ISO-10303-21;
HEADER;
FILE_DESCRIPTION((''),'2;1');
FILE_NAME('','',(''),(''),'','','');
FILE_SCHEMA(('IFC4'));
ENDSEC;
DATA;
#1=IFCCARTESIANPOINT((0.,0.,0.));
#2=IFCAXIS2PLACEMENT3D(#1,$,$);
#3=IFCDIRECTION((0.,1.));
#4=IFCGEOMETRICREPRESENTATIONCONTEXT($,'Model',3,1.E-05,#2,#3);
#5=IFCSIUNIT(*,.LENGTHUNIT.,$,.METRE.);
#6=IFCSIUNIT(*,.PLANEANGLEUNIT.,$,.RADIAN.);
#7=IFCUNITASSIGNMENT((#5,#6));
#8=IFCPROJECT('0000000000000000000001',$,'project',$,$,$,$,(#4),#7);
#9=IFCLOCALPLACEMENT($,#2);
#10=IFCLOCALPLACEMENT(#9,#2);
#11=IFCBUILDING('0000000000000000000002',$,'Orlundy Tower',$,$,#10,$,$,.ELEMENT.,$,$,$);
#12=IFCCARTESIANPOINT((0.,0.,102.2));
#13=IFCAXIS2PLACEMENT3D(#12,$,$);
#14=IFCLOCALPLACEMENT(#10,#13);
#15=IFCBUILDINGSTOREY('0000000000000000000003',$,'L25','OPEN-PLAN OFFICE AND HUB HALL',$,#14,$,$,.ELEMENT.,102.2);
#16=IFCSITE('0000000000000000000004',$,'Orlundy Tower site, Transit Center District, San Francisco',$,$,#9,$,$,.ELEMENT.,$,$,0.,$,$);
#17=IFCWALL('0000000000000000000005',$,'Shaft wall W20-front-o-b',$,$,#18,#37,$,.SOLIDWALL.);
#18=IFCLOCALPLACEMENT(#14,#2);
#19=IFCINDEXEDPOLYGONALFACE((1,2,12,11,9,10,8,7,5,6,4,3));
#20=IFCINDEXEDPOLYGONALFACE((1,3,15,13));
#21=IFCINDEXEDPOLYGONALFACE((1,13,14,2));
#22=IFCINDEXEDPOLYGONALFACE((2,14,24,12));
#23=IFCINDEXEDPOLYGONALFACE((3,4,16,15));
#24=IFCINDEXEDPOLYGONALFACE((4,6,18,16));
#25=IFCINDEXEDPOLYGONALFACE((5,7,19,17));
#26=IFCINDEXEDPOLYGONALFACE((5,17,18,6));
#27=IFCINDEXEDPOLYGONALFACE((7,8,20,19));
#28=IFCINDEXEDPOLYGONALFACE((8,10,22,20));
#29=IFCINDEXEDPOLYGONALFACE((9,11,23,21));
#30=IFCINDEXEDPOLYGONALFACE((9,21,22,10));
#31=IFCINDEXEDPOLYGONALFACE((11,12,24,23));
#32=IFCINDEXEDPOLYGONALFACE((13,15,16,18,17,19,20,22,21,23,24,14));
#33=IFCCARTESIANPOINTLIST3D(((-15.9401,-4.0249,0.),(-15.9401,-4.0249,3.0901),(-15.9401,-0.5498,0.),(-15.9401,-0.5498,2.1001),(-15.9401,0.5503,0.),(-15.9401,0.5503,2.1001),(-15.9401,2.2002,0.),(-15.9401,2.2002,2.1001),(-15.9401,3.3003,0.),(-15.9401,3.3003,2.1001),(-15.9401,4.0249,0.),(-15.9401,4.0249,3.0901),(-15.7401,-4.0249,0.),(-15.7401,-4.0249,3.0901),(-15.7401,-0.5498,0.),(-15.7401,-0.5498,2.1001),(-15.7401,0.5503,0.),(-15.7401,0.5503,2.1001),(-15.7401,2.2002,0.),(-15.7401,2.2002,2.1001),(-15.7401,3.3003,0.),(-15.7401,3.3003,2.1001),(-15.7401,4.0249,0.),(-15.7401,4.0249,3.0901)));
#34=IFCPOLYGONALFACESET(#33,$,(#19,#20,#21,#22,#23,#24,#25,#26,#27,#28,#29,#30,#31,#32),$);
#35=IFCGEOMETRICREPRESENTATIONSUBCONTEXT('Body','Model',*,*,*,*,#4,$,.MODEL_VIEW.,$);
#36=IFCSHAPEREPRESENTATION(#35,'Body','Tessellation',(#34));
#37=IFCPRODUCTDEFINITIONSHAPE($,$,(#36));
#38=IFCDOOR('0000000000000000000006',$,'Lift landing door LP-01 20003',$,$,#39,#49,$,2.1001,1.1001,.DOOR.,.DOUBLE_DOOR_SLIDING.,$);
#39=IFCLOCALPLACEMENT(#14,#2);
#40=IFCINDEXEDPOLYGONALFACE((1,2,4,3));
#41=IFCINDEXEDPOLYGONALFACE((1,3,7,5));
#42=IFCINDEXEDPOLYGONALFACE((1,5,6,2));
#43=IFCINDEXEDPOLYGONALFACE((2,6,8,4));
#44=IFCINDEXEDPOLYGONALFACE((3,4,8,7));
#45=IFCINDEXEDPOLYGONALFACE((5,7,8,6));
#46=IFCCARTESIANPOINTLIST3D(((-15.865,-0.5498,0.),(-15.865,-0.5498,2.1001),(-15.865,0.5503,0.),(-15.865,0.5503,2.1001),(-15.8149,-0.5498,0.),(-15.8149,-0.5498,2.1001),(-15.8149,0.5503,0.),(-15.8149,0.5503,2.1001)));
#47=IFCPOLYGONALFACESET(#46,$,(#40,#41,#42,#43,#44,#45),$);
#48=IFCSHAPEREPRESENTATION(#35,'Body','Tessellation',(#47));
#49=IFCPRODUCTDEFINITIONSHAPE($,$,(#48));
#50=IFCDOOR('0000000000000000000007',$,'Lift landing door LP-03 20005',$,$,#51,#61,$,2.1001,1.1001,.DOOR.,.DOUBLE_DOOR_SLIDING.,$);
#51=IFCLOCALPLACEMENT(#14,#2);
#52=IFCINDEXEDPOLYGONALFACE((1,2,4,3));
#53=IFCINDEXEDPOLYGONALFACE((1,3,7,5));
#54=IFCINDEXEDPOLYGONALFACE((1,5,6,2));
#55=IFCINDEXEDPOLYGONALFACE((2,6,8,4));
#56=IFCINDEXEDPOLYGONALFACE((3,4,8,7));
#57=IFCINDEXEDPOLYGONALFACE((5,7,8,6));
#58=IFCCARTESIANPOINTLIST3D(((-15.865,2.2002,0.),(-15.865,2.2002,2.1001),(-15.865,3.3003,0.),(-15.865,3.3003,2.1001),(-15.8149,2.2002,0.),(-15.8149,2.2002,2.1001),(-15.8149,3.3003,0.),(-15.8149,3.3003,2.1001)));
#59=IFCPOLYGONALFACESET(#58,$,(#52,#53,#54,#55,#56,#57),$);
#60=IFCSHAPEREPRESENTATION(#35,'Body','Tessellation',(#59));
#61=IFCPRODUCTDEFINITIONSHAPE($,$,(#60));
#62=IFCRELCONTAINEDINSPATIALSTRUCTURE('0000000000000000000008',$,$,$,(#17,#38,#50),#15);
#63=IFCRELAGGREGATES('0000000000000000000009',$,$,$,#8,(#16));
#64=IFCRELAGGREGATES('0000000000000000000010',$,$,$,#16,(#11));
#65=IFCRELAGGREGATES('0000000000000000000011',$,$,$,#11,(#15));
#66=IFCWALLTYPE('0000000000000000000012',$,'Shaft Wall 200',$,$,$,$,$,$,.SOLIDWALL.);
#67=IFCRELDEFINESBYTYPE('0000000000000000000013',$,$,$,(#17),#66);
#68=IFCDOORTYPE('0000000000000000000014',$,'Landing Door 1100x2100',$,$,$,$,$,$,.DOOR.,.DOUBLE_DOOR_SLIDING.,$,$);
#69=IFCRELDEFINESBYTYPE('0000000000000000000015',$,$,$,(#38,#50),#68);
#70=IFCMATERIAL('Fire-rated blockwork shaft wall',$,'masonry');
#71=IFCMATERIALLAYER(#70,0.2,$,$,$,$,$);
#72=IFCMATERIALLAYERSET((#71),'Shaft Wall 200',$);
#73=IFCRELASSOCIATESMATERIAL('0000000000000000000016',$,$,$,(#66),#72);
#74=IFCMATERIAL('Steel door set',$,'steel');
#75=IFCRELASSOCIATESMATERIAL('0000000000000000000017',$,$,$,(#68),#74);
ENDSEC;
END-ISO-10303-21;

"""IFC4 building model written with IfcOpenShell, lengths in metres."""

from ifc_helpers import new_model, si_unit, direction, frame, frame_2d, origin, place, context, subcontext, project, spatial, rectangle, extrude, material, layer, layer_set, type_object, element, fill, save


model = new_model("IFC4")

# Units and contexts
model_context = context("Model", 3, precision=1e-05, world=origin(), true_north=direction((0.0, 1.0)))
body_context = subcontext(model_context, "Body", "Model", "MODEL_VIEW")
ifc_project = project(units=[si_unit("LENGTHUNIT", "METRE"), si_unit("PLANEANGLEUNIT", "RADIAN")], contexts=[model_context])

# Site, building, storey
site_placement = place(None, origin())
site = spatial("IfcSite", under=ifc_project, at=site_placement, Name="Orlundy Tower site, Transit Center District, San Francisco", CompositionType="ELEMENT", RefElevation=0.0)
building_placement = place(site_placement, origin())
building = spatial("IfcBuilding", under=site, at=building_placement, Name="Orlundy Tower", CompositionType="ELEMENT")
storey_placement = place(building_placement, frame((0.0, 0.0, 102.2)))
storey = spatial("IfcBuildingStorey", under=building, at=storey_placement, Name="L25", Description="OPEN-PLAN OFFICE AND HUB HALL", CompositionType="ELEMENT", Elevation=102.2)

# Shared definitions
ifc_material_1 = material(Name="Fire-rated blockwork shaft wall", Category="masonry")
ifc_layer_1 = layer(ifc_material_1, 0.2)
ifc_layer_set_1 = layer_set([ifc_layer_1], Name="Shaft Wall 200")
wall_type_1 = type_object("IfcWallType", Name="Shaft Wall 200", PredefinedType="SOLIDWALL", material=ifc_layer_set_1)

# Shared definitions
ifc_material_2 = material(Name="Steel door set", Category="steel")
door_type_1 = type_object("IfcDoorType", Name="Landing Door 1100x2100", OperationType="DOUBLE_DOOR_SLIDING", PredefinedType="DOOR", material=ifc_material_2)

# Wall, openings, doors
wall_1_placement = place(storey_placement, frame((-15.8401, -4.0249, 0.0), z_axis=(0.0, 0.0, 1.0), x_axis=(0.0, 1.0, 0.0)))
wall_1 = element("IfcWall", 1, at=wall_1_placement, inside=storey, type_object=wall_type_1, Name="Shaft wall W20-front-o-b", PredefinedType="SOLIDWALL", context=body_context, shape_type="SweptSolid", body=[
    extrude(rectangle(XDim=8.0498, YDim=0.2, at=frame_2d((4.0249, 0.0))), origin(), (0.0, 0.0, 1.0), 3.0901),
])
opening_1_placement = place(wall_1_placement, frame((3.4751, 0.0, 0.0)))
opening_1 = element("IfcOpeningElement", 2, at=opening_1_placement, cuts=wall_1, PredefinedType="OPENING", context=body_context, shape_type="SweptSolid", body=[
    extrude(rectangle(XDim=1.1001, YDim=2.1001, at=frame_2d((0.55, 1.05))), frame((0.0, 0.1101, 0.0), z_axis=(0.0, -1.0, 0.0), x_axis=(1.0, 0.0, 0.0)), (0.0, 0.0, 1.0), 0.2202),
])
opening_2_placement = place(wall_1_placement, frame((6.2251, 0.0, 0.0)))
opening_2 = element("IfcOpeningElement", 3, at=opening_2_placement, cuts=wall_1, PredefinedType="OPENING", context=body_context, shape_type="SweptSolid", body=[
    extrude(rectangle(XDim=1.1001, YDim=2.1001, at=frame_2d((0.55, 1.05))), frame((0.0, 0.1101, 0.0), z_axis=(0.0, -1.0, 0.0), x_axis=(1.0, 0.0, 0.0)), (0.0, 0.0, 1.0), 0.2202),
])
door_1_placement = place(opening_1_placement, origin())
door_1 = element("IfcDoor", 4, at=door_1_placement, inside=storey, type_object=door_type_1, Name="Lift landing door LP-01 20003", OperationType="DOUBLE_DOOR_SLIDING", OverallHeight=2.1001, OverallWidth=1.1001, PredefinedType="DOOR", context=body_context, shape_type="SweptSolid", body=[
    extrude(rectangle(XDim=1.1001, YDim=2.1001, at=frame_2d((0.55, 1.05))), frame((0.0, 0.0249, 0.0), z_axis=(0.0, -1.0, 0.0), x_axis=(1.0, 0.0, 0.0)), (0.0, 0.0, 1.0), 0.05),
])
fill(opening_1, door_1)
door_2_placement = place(opening_2_placement, origin())
door_2 = element("IfcDoor", 5, at=door_2_placement, inside=storey, type_object=door_type_1, Name="Lift landing door LP-03 20005", OperationType="DOUBLE_DOOR_SLIDING", OverallHeight=2.1001, OverallWidth=1.1001, PredefinedType="DOOR", context=body_context, shape_type="SweptSolid", body=[
    extrude(rectangle(XDim=1.1001, YDim=2.1001, at=frame_2d((0.55, 1.05))), frame((0.0, 0.0249, 0.0), z_axis=(0.0, -1.0, 0.0), x_axis=(1.0, 0.0, 0.0)), (0.0, 0.0, 1.0), 0.05),
])
fill(opening_2, door_2)

save(model, "model.ifc")
